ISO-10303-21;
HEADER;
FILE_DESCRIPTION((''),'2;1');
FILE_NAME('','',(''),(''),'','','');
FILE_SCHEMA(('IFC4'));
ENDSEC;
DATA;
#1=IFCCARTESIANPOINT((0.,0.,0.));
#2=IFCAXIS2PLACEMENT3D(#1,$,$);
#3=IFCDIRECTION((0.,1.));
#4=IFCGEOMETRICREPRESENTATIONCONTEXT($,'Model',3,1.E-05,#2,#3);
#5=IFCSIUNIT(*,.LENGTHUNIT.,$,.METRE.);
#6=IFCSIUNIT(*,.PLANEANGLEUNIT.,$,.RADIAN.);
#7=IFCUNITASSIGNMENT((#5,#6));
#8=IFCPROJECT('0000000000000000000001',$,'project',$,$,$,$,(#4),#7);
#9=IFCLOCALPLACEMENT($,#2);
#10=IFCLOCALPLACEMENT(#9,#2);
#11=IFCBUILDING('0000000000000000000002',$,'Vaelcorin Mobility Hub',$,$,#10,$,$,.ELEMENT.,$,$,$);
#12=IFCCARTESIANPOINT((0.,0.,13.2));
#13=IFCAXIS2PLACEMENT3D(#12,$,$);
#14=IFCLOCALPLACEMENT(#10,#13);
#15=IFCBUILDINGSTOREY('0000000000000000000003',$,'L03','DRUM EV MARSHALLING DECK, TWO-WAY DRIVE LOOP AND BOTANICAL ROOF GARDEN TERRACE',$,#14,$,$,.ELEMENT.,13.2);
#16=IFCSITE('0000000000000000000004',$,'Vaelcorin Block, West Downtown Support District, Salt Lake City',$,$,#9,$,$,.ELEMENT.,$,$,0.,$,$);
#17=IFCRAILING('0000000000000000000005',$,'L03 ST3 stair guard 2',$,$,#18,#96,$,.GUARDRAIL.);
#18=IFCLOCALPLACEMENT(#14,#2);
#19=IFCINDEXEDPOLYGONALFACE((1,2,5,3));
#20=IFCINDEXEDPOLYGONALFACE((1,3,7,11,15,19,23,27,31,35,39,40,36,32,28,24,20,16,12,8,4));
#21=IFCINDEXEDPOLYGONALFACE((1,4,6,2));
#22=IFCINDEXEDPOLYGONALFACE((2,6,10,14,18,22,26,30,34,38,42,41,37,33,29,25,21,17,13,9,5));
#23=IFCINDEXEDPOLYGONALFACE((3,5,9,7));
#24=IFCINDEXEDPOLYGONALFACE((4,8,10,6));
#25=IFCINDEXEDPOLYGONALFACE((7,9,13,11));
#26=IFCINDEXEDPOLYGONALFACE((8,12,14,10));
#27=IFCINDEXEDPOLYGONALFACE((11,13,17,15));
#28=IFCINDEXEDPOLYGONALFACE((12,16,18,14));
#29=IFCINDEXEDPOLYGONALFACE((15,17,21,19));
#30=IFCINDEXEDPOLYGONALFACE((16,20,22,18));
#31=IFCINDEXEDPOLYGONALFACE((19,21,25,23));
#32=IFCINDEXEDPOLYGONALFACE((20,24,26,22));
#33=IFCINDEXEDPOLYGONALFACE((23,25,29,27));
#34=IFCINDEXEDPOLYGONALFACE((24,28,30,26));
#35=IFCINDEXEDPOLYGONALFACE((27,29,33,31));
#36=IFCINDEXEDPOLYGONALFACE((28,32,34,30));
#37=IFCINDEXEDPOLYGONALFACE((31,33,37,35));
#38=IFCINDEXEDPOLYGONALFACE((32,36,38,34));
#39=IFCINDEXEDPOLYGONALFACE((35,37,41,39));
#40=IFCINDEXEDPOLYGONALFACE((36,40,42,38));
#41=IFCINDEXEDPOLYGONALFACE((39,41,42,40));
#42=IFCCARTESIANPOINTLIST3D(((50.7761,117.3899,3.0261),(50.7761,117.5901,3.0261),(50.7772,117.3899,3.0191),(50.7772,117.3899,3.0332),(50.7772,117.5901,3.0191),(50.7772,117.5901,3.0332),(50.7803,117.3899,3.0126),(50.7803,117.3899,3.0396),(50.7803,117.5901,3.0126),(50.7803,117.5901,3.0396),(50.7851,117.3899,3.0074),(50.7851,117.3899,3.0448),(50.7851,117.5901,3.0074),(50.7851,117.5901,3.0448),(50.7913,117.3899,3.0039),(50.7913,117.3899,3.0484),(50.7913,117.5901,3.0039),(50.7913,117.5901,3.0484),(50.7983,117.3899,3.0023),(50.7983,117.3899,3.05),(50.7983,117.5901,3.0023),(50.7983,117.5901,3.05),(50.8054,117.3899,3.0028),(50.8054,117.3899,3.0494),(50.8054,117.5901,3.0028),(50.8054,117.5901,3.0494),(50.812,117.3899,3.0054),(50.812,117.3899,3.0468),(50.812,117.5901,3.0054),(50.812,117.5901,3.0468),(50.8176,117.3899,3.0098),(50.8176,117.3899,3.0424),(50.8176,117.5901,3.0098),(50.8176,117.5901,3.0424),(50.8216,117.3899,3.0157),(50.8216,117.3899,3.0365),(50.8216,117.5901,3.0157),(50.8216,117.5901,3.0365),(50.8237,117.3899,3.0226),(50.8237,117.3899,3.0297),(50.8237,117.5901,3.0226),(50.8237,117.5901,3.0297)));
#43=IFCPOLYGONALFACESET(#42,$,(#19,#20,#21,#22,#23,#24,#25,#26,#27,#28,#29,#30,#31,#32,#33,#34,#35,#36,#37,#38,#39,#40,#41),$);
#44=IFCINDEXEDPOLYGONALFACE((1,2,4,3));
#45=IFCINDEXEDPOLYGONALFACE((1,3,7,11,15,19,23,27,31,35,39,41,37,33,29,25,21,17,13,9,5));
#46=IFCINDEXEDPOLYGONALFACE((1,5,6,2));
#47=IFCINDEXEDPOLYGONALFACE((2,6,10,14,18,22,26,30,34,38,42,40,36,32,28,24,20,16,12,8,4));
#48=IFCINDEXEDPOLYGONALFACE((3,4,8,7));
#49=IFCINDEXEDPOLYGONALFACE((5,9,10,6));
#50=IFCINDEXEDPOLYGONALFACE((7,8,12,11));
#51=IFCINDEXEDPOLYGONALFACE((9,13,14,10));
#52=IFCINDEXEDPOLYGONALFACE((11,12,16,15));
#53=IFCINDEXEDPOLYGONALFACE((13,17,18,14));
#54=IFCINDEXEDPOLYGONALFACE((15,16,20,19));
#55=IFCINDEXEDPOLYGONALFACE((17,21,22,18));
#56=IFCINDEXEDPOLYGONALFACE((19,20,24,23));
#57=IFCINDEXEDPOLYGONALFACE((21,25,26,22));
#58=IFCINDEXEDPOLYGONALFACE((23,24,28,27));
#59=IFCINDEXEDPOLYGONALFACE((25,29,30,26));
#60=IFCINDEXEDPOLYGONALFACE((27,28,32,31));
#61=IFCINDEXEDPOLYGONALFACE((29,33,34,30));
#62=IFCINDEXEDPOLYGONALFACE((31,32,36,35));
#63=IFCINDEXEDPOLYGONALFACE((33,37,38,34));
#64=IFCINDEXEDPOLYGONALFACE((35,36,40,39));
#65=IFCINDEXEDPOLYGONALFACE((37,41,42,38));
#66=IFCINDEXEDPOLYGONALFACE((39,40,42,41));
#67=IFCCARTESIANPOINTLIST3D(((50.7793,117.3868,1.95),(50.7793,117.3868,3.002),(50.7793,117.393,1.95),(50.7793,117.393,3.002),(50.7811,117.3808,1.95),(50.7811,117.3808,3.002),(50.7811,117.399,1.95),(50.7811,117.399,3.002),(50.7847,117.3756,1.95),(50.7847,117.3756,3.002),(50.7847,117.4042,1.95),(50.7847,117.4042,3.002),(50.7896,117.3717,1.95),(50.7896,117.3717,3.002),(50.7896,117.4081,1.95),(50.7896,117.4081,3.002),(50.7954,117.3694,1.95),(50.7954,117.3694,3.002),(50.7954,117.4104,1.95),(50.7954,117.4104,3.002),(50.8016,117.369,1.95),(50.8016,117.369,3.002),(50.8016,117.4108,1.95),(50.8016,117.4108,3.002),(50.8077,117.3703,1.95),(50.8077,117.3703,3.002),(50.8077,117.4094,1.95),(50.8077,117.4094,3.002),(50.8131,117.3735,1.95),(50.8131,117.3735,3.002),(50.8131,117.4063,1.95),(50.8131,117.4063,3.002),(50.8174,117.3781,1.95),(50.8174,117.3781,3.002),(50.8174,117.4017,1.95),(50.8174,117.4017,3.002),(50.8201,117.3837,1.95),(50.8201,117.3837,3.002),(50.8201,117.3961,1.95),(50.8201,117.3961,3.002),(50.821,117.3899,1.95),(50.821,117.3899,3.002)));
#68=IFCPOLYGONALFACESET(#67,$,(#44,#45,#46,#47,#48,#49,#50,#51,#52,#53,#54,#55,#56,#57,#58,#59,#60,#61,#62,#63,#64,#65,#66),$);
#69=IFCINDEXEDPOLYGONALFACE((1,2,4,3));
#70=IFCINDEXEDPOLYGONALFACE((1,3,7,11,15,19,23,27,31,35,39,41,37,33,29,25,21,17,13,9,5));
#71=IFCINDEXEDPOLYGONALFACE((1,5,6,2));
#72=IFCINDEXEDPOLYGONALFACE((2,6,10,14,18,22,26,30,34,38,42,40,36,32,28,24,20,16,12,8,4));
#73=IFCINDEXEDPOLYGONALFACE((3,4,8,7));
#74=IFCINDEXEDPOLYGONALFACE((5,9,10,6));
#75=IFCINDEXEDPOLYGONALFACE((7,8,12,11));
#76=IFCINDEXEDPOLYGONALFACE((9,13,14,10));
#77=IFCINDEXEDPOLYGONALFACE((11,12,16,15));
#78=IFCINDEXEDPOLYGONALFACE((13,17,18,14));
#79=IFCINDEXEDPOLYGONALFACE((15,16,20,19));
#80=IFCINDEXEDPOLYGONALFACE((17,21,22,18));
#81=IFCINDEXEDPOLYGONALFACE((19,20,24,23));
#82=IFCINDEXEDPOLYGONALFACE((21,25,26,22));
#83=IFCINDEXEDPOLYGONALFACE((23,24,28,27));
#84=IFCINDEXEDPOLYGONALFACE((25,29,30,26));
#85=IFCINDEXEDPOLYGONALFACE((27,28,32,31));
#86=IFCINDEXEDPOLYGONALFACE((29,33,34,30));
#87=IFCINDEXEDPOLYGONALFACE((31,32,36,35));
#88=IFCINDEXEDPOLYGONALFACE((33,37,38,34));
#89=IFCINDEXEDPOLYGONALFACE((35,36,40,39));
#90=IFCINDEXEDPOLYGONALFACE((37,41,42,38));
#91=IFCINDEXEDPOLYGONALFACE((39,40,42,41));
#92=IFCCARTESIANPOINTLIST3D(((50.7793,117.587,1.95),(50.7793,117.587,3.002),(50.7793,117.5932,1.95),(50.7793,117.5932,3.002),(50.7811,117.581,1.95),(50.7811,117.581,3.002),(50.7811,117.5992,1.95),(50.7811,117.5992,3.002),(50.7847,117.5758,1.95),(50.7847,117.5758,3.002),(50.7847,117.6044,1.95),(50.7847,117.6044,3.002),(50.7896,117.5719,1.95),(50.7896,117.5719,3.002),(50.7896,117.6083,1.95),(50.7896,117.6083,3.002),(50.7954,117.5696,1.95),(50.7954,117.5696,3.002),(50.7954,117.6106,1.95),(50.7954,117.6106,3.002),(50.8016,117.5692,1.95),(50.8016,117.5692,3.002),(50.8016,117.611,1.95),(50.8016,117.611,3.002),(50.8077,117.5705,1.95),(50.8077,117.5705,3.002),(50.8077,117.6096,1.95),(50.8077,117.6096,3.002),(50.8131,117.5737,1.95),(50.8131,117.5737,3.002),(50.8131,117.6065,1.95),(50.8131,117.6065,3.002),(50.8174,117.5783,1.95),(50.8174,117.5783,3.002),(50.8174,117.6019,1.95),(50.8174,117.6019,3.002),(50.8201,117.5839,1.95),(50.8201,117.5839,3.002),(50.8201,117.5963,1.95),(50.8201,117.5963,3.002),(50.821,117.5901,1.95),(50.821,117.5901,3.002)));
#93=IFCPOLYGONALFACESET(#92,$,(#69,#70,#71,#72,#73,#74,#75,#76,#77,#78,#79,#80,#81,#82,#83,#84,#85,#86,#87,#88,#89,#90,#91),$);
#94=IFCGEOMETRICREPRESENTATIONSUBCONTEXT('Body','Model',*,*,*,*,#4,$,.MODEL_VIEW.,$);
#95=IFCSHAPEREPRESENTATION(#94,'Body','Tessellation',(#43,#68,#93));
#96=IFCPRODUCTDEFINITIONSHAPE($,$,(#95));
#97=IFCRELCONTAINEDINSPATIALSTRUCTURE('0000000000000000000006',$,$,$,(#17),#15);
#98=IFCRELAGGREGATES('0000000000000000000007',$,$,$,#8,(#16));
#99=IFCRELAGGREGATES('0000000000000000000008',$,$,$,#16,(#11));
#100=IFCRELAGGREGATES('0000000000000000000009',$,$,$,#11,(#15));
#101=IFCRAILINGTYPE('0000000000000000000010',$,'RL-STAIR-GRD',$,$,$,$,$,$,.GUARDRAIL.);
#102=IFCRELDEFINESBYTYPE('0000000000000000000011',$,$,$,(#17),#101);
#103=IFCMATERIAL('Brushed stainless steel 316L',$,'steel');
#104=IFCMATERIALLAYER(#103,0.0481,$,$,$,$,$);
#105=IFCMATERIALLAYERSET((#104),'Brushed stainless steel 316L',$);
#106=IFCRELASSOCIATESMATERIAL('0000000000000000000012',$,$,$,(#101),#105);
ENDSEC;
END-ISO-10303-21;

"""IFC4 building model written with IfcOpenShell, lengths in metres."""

from ifc_helpers import new_model, si_unit, direction, frame, origin, origin_2d, place, context, subcontext, project, spatial, circle, extrude, material, layer, layer_set, type_object, element, save


model = new_model("IFC4")

# Units and contexts
model_context = context("Model", 3, precision=1e-05, world=origin(), true_north=direction((0.0, 1.0)))
body_context = subcontext(model_context, "Body", "Model", "MODEL_VIEW")
ifc_project = project(units=[si_unit("LENGTHUNIT", "METRE"), si_unit("PLANEANGLEUNIT", "RADIAN")], contexts=[model_context])

# Site, building, storey
site_placement = place(None, origin())
site = spatial("IfcSite", under=ifc_project, at=site_placement, Name="Vaelcorin Block, West Downtown Support District, Salt Lake City", CompositionType="ELEMENT", RefElevation=0.0)
building_placement = place(site_placement, origin())
building = spatial("IfcBuilding", under=site, at=building_placement, Name="Vaelcorin Mobility Hub", CompositionType="ELEMENT")
storey_placement = place(building_placement, frame((0.0, 0.0, 13.2)))
storey = spatial("IfcBuildingStorey", under=building, at=storey_placement, Name="L03", Description="DRUM EV MARSHALLING DECK, TWO-WAY DRIVE LOOP AND BOTANICAL ROOF GARDEN TERRACE", CompositionType="ELEMENT", Elevation=13.2)

# Railing
ifc_material_1 = material(Name="Brushed stainless steel 316L", Category="steel")
ifc_layer_1 = layer(ifc_material_1, 0.0481)
ifc_layer_set_1 = layer_set([ifc_layer_1], Name="Brushed stainless steel 316L")
railing_type_1 = type_object("IfcRailingType", Name="RL-STAIR-GRD", PredefinedType="GUARDRAIL", material=ifc_layer_set_1)
railing_1_placement = place(storey_placement, frame((50.8, 117.3899, 1.95)))
element("IfcRailing", 1, at=railing_1_placement, inside=storey, type_object=railing_type_1, Name="L03 ST3 stair guard 2", PredefinedType="GUARDRAIL", context=body_context, shape_type="SweptSolid", body=[
    extrude(circle(Radius=0.0239, at=origin_2d()), frame((0.0, 0.0, 1.0762), z_axis=(0.0, 1.0, 0.0), x_axis=(-1.0, 0.0, 0.0)), (0.0, 0.0, 1.0), 0.2002),
    extrude(circle(Radius=0.021, at=origin_2d()), origin(), (0.0, 0.0, 1.0), 1.052),
    extrude(circle(Radius=0.021, at=origin_2d()), frame((0.0, 0.2002, 0.0)), (0.0, 0.0, 1.0), 1.052),
])

save(model, "model.ifc")
